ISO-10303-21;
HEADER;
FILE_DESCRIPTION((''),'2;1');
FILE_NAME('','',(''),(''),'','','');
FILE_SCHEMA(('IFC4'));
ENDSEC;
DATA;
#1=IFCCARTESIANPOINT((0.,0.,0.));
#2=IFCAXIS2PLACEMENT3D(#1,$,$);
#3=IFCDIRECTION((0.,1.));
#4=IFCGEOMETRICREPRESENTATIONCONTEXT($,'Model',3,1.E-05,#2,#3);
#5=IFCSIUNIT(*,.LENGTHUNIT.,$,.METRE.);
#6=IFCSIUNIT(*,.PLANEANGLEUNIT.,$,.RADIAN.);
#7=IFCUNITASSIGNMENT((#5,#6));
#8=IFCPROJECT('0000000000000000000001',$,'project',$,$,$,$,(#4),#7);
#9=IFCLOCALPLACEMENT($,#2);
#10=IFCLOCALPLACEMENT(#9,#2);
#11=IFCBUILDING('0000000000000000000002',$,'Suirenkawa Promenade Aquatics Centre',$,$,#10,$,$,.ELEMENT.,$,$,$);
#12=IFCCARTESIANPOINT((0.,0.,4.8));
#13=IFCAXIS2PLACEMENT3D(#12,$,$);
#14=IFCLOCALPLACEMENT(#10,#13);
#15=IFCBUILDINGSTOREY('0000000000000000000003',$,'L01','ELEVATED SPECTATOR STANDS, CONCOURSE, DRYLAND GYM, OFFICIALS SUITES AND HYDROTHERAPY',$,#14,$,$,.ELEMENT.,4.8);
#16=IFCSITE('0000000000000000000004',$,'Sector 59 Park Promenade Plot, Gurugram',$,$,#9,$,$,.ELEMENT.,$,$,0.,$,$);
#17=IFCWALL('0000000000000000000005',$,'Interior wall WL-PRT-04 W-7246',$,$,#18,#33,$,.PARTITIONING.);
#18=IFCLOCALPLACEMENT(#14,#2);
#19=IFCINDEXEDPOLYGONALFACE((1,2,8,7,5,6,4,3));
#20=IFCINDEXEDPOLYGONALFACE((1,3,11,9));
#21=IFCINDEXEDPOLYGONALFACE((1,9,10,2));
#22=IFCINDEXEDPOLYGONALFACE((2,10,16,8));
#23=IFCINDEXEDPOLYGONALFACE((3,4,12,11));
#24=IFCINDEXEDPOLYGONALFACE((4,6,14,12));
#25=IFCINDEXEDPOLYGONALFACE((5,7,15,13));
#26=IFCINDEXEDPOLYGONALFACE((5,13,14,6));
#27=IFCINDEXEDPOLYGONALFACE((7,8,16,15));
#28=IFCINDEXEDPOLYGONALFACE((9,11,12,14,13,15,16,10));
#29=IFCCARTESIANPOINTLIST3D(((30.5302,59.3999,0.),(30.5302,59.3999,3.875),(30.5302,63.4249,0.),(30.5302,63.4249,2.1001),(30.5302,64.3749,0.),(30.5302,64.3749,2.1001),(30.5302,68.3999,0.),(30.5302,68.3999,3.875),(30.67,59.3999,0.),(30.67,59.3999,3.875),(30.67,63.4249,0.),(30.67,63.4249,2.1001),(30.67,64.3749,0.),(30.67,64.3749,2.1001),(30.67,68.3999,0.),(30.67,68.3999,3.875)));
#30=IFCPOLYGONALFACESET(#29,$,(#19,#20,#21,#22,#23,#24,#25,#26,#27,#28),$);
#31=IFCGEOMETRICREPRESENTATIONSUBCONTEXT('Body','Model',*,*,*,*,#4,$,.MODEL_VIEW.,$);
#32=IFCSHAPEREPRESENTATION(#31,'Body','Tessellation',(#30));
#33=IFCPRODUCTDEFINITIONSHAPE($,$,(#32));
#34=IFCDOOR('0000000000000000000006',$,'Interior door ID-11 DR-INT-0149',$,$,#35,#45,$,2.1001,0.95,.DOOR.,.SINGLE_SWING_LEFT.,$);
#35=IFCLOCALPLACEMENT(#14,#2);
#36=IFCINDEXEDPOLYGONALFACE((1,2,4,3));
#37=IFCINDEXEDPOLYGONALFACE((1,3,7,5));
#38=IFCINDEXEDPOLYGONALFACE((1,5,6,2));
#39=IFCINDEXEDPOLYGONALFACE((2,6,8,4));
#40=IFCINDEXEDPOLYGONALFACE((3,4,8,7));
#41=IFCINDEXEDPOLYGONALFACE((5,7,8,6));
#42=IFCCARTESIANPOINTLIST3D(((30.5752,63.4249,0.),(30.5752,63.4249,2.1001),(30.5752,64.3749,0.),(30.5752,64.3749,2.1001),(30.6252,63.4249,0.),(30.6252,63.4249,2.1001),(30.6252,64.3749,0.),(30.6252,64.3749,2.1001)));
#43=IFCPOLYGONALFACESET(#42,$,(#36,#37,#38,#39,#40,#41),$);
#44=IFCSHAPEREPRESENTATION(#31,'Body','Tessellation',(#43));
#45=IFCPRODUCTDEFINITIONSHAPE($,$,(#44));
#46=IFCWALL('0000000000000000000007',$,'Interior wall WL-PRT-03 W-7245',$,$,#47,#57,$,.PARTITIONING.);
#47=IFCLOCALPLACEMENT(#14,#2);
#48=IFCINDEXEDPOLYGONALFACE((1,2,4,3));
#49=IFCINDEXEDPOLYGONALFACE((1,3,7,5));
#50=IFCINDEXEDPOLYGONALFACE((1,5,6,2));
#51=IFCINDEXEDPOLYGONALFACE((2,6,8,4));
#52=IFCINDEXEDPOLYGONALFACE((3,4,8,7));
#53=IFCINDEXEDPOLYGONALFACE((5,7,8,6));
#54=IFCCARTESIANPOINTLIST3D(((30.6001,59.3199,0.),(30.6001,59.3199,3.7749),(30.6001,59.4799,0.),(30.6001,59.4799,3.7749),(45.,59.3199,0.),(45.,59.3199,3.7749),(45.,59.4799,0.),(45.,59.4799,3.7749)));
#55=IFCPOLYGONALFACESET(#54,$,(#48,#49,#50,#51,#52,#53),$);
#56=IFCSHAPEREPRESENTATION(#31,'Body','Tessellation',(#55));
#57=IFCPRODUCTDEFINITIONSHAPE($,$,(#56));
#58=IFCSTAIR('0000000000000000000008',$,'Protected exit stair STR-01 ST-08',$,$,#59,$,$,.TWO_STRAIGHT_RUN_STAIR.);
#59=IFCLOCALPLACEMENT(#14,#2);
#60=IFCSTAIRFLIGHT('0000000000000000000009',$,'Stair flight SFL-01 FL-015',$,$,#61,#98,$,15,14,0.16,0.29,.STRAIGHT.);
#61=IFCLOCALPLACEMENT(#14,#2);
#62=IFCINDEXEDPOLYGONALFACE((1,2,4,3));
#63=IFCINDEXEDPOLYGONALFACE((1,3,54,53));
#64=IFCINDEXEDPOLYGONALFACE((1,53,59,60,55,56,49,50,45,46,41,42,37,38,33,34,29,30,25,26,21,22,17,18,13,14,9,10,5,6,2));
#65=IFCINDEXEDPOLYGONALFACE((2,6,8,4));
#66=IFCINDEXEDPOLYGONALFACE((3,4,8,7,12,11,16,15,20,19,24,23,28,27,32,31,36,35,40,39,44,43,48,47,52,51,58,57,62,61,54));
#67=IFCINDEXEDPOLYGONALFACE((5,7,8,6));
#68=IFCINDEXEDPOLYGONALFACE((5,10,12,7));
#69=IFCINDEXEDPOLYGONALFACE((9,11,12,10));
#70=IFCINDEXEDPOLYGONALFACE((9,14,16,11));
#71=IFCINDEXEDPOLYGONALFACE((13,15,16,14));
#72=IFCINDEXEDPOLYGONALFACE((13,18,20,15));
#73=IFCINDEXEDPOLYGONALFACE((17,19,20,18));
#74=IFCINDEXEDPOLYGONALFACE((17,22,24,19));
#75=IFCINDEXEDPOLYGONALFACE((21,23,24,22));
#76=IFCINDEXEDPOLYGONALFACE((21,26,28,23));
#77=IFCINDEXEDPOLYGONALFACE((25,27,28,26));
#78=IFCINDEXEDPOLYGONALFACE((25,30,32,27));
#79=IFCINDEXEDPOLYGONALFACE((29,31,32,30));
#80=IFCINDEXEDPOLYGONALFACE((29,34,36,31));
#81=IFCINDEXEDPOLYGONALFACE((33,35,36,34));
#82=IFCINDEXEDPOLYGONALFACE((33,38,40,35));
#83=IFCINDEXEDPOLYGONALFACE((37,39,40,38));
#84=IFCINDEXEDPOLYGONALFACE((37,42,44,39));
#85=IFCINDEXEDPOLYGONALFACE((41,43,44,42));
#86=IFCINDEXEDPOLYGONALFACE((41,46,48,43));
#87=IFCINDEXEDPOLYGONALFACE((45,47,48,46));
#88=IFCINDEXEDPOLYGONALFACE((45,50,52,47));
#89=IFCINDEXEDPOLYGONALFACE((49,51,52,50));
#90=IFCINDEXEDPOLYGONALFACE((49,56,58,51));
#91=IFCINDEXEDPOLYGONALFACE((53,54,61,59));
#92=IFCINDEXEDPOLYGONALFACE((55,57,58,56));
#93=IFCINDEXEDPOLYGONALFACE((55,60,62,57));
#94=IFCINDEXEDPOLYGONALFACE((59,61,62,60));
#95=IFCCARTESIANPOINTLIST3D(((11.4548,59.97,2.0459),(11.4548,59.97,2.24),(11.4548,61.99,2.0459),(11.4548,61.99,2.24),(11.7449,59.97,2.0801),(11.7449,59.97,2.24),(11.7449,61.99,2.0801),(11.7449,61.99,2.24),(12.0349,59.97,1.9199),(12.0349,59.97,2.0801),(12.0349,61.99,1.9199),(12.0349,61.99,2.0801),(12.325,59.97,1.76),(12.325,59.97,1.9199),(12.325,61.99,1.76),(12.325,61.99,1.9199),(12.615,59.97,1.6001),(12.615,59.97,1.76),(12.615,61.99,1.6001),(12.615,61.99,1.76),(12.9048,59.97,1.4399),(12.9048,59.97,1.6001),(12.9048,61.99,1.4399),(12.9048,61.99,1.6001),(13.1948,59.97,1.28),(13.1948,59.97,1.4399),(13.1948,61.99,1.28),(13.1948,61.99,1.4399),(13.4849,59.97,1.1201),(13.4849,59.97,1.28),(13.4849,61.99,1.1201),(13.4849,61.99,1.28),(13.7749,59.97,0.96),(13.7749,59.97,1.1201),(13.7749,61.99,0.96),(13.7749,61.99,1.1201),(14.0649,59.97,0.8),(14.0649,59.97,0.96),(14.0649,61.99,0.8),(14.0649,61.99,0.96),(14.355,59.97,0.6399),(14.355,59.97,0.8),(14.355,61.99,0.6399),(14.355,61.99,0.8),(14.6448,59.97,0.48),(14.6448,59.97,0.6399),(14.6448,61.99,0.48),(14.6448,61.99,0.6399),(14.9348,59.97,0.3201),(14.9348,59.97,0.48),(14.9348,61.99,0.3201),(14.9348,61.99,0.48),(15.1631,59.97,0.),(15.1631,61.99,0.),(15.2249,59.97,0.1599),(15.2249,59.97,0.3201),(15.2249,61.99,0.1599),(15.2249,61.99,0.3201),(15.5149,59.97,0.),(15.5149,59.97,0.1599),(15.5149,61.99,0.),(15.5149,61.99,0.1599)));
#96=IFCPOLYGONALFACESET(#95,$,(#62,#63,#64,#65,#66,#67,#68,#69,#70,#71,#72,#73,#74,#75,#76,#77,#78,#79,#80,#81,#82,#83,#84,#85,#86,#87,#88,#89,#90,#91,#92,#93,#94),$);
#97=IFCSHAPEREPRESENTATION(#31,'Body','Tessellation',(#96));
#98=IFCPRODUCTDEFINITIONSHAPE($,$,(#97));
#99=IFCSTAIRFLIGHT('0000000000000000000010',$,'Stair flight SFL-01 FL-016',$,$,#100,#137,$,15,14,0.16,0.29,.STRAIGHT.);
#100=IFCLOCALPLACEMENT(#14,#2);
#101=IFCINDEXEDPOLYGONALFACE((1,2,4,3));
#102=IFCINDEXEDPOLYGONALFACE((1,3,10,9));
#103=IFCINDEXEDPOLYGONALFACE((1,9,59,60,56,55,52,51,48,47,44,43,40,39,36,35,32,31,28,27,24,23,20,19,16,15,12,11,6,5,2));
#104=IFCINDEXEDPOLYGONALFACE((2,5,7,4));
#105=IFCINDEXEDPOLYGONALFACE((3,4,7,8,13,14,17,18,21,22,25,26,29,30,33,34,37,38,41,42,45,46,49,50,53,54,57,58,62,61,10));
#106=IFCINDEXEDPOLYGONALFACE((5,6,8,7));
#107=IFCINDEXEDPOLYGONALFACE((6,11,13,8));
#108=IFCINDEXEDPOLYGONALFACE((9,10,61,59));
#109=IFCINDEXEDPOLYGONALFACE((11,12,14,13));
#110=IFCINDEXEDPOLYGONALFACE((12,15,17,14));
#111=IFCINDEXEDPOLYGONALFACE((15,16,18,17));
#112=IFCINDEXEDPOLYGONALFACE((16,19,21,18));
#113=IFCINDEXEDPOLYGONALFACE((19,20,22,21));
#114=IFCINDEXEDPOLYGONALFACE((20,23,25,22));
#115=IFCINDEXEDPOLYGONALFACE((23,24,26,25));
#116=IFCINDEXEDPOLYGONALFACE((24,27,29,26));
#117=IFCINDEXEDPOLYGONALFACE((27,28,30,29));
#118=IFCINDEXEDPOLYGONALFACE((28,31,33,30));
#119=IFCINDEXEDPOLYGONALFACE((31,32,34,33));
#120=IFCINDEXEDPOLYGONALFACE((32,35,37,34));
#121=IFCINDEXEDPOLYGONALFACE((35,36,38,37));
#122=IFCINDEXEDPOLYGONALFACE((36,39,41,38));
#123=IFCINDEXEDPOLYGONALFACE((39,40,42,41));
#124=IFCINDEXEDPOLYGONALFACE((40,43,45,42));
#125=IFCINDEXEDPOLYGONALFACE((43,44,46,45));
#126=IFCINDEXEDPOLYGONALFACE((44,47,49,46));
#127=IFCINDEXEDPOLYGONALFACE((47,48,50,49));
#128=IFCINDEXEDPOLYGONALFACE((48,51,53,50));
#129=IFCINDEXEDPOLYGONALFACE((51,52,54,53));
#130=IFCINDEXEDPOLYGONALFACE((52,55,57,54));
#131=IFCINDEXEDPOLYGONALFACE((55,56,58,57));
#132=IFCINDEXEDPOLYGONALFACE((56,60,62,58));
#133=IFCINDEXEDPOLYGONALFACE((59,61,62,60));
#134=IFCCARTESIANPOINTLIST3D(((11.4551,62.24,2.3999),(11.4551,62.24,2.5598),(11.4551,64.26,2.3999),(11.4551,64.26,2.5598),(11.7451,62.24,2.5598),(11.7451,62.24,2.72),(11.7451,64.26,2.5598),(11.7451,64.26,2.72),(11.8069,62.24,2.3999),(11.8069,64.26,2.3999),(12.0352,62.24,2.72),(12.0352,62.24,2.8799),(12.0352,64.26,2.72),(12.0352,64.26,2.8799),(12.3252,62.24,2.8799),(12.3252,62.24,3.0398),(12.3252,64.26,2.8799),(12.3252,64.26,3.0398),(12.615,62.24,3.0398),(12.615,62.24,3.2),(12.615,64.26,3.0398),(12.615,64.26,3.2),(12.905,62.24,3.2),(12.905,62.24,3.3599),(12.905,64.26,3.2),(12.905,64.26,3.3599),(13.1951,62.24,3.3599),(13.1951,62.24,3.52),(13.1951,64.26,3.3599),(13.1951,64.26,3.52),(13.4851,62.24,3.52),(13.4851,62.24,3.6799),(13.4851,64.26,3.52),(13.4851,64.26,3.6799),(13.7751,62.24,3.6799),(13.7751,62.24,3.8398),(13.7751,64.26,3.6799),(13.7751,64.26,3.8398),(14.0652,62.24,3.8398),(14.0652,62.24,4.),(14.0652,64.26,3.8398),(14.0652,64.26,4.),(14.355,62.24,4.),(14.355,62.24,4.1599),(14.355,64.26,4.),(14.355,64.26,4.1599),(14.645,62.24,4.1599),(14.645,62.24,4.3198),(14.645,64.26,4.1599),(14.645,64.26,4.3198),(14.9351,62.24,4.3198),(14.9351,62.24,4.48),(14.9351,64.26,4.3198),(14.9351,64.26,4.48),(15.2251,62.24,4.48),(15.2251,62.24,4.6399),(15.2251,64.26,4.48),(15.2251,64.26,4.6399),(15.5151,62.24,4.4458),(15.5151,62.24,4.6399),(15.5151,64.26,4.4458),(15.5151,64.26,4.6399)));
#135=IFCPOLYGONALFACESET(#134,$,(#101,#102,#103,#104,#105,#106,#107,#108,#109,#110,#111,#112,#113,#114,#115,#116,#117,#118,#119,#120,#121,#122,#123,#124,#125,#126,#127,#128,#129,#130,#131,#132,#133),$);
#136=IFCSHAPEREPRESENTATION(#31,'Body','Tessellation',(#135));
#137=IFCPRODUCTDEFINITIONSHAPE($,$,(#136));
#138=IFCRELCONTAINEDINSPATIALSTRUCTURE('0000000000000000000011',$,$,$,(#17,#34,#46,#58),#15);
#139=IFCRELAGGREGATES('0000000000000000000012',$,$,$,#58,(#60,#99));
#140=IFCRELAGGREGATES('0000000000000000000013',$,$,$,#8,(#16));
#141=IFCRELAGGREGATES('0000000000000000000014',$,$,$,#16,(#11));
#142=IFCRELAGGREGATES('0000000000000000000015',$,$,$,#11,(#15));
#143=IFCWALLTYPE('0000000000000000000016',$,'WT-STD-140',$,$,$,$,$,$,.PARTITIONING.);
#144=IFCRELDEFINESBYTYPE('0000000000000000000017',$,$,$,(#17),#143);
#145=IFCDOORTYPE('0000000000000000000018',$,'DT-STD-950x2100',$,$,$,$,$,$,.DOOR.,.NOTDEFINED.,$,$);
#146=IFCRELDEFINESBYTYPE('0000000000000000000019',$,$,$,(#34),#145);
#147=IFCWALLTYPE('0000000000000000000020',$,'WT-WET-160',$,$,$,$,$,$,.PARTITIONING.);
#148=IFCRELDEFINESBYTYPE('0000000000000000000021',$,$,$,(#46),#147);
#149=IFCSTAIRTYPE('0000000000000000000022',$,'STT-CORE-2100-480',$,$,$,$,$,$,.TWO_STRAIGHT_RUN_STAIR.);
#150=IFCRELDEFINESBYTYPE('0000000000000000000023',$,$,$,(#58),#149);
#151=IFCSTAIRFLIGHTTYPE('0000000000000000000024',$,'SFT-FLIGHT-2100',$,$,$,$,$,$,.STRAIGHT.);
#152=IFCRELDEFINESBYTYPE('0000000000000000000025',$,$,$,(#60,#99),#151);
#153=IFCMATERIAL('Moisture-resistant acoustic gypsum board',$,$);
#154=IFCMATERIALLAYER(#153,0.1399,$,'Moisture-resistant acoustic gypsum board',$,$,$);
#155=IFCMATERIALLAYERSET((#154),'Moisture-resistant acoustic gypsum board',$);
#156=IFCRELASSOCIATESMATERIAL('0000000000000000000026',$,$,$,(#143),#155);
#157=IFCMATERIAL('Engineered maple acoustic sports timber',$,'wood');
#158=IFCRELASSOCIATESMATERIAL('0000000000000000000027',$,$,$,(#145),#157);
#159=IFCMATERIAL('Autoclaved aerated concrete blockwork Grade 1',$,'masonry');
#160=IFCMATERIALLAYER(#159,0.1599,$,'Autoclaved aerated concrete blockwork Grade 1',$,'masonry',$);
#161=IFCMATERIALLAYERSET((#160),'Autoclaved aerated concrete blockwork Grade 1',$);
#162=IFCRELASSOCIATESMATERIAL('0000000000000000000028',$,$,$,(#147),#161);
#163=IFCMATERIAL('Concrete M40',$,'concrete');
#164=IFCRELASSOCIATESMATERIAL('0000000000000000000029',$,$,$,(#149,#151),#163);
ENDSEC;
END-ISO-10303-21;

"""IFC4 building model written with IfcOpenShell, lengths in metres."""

from ifc_helpers import new_model, si_unit, direction, frame, frame_2d, origin, place, context, subcontext, project, spatial, polyline, rectangle, outline, extrude, material, layer, layer_set, type_object, element, fill, aggregate, save


model = new_model("IFC4")

# Units and contexts
model_context = context("Model", 3, precision=1e-05, world=origin(), true_north=direction((0.0, 1.0)))
body_context = subcontext(model_context, "Body", "Model", "MODEL_VIEW")
ifc_project = project(units=[si_unit("LENGTHUNIT", "METRE"), si_unit("PLANEANGLEUNIT", "RADIAN")], contexts=[model_context])

# Site, building, storey
site_placement = place(None, origin())
site = spatial("IfcSite", under=ifc_project, at=site_placement, Name="Sector 59 Park Promenade Plot, Gurugram", CompositionType="ELEMENT", RefElevation=0.0)
building_placement = place(site_placement, origin())
building = spatial("IfcBuilding", under=site, at=building_placement, Name="Suirenkawa Promenade Aquatics Centre", CompositionType="ELEMENT")
storey_placement = place(building_placement, frame((0.0, 0.0, 4.8)))
storey = spatial("IfcBuildingStorey", under=building, at=storey_placement, Name="L01", Description="ELEVATED SPECTATOR STANDS, CONCOURSE, DRYLAND GYM, OFFICIALS SUITES AND HYDROTHERAPY", CompositionType="ELEMENT", Elevation=4.8)

# Shared definitions
ifc_material_1 = material(Name="Concrete M40", Category="concrete")

# Wall, opening, door
ifc_material_2 = material(Name="Moisture-resistant acoustic gypsum board")
ifc_layer_1 = layer(ifc_material_2, 0.1399, Name="Moisture-resistant acoustic gypsum board")
ifc_layer_set_1 = layer_set([ifc_layer_1], Name="Moisture-resistant acoustic gypsum board")
wall_type_1 = type_object("IfcWallType", Name="WT-STD-140", PredefinedType="PARTITIONING", material=ifc_layer_set_1)
wall_1_placement = place(storey_placement, frame((30.6001, 59.3999, 0.0), z_axis=(0.0, 0.0, 1.0), x_axis=(0.0, 1.0, 0.0)))
wall_1 = element("IfcWall", 1, at=wall_1_placement, inside=storey, type_object=wall_type_1, Name="Interior wall WL-PRT-04 W-7246", PredefinedType="PARTITIONING", context=body_context, shape_type="SweptSolid", body=[
    extrude(rectangle(XDim=9.0, YDim=0.1399, at=frame_2d((4.5, 0.0))), origin(), (0.0, 0.0, 1.0), 3.875),
])
opening_1_placement = place(wall_1_placement, frame((4.0249, 0.0, 0.0)))
opening_1 = element("IfcOpeningElement", 2, at=opening_1_placement, cuts=wall_1, PredefinedType="OPENING", context=body_context, shape_type="SweptSolid", body=[
    extrude(rectangle(XDim=0.95, YDim=2.1001, at=frame_2d((0.4751, 1.05))), frame((0.0, 0.0798, 0.0), z_axis=(0.0, -1.0, 0.0), x_axis=(1.0, 0.0, 0.0)), (0.0, 0.0, 1.0), 0.1599),
])
ifc_material_3 = material(Name="Engineered maple acoustic sports timber", Category="wood")
door_type_1 = type_object("IfcDoorType", Name="DT-STD-950x2100", OperationType="NOTDEFINED", PredefinedType="DOOR", material=ifc_material_3)
door_1_placement = place(opening_1_placement, origin())
door_1 = element("IfcDoor", 3, at=door_1_placement, inside=storey, type_object=door_type_1, Name="Interior door ID-11 DR-INT-0149", OperationType="SINGLE_SWING_LEFT", OverallHeight=2.1001, OverallWidth=0.95, PredefinedType="DOOR", context=body_context, shape_type="SweptSolid", body=[
    extrude(rectangle(XDim=0.95, YDim=2.1001, at=frame_2d((0.4751, 1.05))), frame((0.0, 0.0249, 0.0), z_axis=(0.0, -1.0, 0.0), x_axis=(1.0, 0.0, 0.0)), (0.0, 0.0, 1.0), 0.05),
])
fill(opening_1, door_1)

# Wall
ifc_material_4 = material(Name="Autoclaved aerated concrete blockwork Grade 1", Category="masonry")
ifc_layer_2 = layer(ifc_material_4, 0.1599, Name="Autoclaved aerated concrete blockwork Grade 1", Category="masonry")
ifc_layer_set_2 = layer_set([ifc_layer_2], Name="Autoclaved aerated concrete blockwork Grade 1")
wall_type_2 = type_object("IfcWallType", Name="WT-WET-160", PredefinedType="PARTITIONING", material=ifc_layer_set_2)
wall_2_placement = place(storey_placement, frame((30.6001, 59.3999, 0.0), z_axis=(0.0, 0.0, 1.0), x_axis=(1.0, 0.0, 0.0)))
element("IfcWall", 4, at=wall_2_placement, inside=storey, type_object=wall_type_2, Name="Interior wall WL-PRT-03 W-7245", PredefinedType="PARTITIONING", context=body_context, shape_type="SweptSolid", body=[
    extrude(rectangle(XDim=14.3999, YDim=0.1599, at=frame_2d((7.2, 0.0))), origin(), (0.0, 0.0, 1.0), 3.7749),
])

# Stair, stair flights
stair_type = type_object("IfcStairType", Name="STT-CORE-2100-480", PredefinedType="TWO_STRAIGHT_RUN_STAIR", material=ifc_material_1)
stair_placement = place(storey_placement, origin())
stair = element("IfcStair", 5, at=stair_placement, inside=storey, type_object=stair_type, Name="Protected exit stair STR-01 ST-08", PredefinedType="TWO_STRAIGHT_RUN_STAIR")
stair_flight_type = type_object("IfcStairFlightType", Name="SFT-FLIGHT-2100", PredefinedType="STRAIGHT", material=ifc_material_1)
stair_flight_1_placement = place(storey_placement, frame((15.5149, 60.98, 0.0), z_axis=(0.0, 0.0, 1.0), x_axis=(-1.0, 0.0, 0.0)))
stair_flight_1 = element("IfcStairFlight", 6, at=stair_flight_1_placement, type_object=stair_flight_type, Name="Stair flight SFL-01 FL-015", NumberOfRisers=15, NumberOfTreads=14, PredefinedType="STRAIGHT", RiserHeight=0.16, TreadLength=0.29, context=body_context, shape_type="SweptSolid", body=[
    extrude(outline(polyline([(0.0, 0.0), (0.0, 0.1599), (0.29, 0.1599), (0.29, 0.3201), (0.5801, 0.3201), (0.5801, 0.48), (0.8701, 0.48), (0.8701, 0.6399), (1.1599, 0.6399), (1.1599, 0.8), (1.45, 0.8), (1.45, 0.96), (1.74, 0.96), (1.74, 1.1201), (2.03, 1.1201), (2.03, 1.28), (2.3201, 1.28), (2.3201, 1.4399), (2.6101, 1.4399), (2.6101, 1.6001), (2.8999, 1.6001), (2.8999, 1.76), (3.1899, 1.76), (3.1899, 1.9199), (3.48, 1.9199), (3.48, 2.0801), (3.77, 2.0801), (3.77, 2.24), (4.0601, 2.24), (4.0601, 2.3999), (4.0601, 2.0459), (0.3518, 0.0), (0.0, 0.0)])), frame((0.0, 1.01, 0.0), z_axis=(0.0, -1.0, 0.0), x_axis=(1.0, 0.0, 0.0)), (0.0, 0.0, 1.0), 2.02),
])
stair_flight_2_placement = place(storey_placement, frame((11.4551, 63.25, 2.3999), z_axis=(0.0, 0.0, 1.0), x_axis=(1.0, 0.0, 0.0)))
stair_flight_2 = element("IfcStairFlight", 7, at=stair_flight_2_placement, type_object=stair_flight_type, Name="Stair flight SFL-01 FL-016", NumberOfRisers=15, NumberOfTreads=14, PredefinedType="STRAIGHT", RiserHeight=0.16, TreadLength=0.29, context=body_context, shape_type="SweptSolid", body=[
    extrude(outline(polyline([(0.0, 0.0), (0.0, 0.1599), (0.29, 0.1599), (0.29, 0.3201), (0.5801, 0.3201), (0.5801, 0.48), (0.8701, 0.48), (0.8701, 0.6399), (1.1599, 0.6399), (1.1599, 0.8), (1.45, 0.8), (1.45, 0.96), (1.74, 0.96), (1.74, 1.1201), (2.03, 1.1201), (2.03, 1.28), (2.3201, 1.28), (2.3201, 1.4399), (2.6101, 1.4399), (2.6101, 1.6001), (2.8999, 1.6001), (2.8999, 1.76), (3.1899, 1.76), (3.1899, 1.9199), (3.48, 1.9199), (3.48, 2.0801), (3.77, 2.0801), (3.77, 2.24), (4.0601, 2.24), (4.0601, 2.3999), (4.0601, 2.0459), (0.3518, 0.0), (0.0, 0.0)])), frame((0.0, 1.01, 0.0), z_axis=(0.0, -1.0, 0.0), x_axis=(1.0, 0.0, 0.0)), (0.0, 0.0, 1.0), 2.02),
])
aggregate(stair, [stair_flight_1, stair_flight_2])

save(model, "model.ifc")
